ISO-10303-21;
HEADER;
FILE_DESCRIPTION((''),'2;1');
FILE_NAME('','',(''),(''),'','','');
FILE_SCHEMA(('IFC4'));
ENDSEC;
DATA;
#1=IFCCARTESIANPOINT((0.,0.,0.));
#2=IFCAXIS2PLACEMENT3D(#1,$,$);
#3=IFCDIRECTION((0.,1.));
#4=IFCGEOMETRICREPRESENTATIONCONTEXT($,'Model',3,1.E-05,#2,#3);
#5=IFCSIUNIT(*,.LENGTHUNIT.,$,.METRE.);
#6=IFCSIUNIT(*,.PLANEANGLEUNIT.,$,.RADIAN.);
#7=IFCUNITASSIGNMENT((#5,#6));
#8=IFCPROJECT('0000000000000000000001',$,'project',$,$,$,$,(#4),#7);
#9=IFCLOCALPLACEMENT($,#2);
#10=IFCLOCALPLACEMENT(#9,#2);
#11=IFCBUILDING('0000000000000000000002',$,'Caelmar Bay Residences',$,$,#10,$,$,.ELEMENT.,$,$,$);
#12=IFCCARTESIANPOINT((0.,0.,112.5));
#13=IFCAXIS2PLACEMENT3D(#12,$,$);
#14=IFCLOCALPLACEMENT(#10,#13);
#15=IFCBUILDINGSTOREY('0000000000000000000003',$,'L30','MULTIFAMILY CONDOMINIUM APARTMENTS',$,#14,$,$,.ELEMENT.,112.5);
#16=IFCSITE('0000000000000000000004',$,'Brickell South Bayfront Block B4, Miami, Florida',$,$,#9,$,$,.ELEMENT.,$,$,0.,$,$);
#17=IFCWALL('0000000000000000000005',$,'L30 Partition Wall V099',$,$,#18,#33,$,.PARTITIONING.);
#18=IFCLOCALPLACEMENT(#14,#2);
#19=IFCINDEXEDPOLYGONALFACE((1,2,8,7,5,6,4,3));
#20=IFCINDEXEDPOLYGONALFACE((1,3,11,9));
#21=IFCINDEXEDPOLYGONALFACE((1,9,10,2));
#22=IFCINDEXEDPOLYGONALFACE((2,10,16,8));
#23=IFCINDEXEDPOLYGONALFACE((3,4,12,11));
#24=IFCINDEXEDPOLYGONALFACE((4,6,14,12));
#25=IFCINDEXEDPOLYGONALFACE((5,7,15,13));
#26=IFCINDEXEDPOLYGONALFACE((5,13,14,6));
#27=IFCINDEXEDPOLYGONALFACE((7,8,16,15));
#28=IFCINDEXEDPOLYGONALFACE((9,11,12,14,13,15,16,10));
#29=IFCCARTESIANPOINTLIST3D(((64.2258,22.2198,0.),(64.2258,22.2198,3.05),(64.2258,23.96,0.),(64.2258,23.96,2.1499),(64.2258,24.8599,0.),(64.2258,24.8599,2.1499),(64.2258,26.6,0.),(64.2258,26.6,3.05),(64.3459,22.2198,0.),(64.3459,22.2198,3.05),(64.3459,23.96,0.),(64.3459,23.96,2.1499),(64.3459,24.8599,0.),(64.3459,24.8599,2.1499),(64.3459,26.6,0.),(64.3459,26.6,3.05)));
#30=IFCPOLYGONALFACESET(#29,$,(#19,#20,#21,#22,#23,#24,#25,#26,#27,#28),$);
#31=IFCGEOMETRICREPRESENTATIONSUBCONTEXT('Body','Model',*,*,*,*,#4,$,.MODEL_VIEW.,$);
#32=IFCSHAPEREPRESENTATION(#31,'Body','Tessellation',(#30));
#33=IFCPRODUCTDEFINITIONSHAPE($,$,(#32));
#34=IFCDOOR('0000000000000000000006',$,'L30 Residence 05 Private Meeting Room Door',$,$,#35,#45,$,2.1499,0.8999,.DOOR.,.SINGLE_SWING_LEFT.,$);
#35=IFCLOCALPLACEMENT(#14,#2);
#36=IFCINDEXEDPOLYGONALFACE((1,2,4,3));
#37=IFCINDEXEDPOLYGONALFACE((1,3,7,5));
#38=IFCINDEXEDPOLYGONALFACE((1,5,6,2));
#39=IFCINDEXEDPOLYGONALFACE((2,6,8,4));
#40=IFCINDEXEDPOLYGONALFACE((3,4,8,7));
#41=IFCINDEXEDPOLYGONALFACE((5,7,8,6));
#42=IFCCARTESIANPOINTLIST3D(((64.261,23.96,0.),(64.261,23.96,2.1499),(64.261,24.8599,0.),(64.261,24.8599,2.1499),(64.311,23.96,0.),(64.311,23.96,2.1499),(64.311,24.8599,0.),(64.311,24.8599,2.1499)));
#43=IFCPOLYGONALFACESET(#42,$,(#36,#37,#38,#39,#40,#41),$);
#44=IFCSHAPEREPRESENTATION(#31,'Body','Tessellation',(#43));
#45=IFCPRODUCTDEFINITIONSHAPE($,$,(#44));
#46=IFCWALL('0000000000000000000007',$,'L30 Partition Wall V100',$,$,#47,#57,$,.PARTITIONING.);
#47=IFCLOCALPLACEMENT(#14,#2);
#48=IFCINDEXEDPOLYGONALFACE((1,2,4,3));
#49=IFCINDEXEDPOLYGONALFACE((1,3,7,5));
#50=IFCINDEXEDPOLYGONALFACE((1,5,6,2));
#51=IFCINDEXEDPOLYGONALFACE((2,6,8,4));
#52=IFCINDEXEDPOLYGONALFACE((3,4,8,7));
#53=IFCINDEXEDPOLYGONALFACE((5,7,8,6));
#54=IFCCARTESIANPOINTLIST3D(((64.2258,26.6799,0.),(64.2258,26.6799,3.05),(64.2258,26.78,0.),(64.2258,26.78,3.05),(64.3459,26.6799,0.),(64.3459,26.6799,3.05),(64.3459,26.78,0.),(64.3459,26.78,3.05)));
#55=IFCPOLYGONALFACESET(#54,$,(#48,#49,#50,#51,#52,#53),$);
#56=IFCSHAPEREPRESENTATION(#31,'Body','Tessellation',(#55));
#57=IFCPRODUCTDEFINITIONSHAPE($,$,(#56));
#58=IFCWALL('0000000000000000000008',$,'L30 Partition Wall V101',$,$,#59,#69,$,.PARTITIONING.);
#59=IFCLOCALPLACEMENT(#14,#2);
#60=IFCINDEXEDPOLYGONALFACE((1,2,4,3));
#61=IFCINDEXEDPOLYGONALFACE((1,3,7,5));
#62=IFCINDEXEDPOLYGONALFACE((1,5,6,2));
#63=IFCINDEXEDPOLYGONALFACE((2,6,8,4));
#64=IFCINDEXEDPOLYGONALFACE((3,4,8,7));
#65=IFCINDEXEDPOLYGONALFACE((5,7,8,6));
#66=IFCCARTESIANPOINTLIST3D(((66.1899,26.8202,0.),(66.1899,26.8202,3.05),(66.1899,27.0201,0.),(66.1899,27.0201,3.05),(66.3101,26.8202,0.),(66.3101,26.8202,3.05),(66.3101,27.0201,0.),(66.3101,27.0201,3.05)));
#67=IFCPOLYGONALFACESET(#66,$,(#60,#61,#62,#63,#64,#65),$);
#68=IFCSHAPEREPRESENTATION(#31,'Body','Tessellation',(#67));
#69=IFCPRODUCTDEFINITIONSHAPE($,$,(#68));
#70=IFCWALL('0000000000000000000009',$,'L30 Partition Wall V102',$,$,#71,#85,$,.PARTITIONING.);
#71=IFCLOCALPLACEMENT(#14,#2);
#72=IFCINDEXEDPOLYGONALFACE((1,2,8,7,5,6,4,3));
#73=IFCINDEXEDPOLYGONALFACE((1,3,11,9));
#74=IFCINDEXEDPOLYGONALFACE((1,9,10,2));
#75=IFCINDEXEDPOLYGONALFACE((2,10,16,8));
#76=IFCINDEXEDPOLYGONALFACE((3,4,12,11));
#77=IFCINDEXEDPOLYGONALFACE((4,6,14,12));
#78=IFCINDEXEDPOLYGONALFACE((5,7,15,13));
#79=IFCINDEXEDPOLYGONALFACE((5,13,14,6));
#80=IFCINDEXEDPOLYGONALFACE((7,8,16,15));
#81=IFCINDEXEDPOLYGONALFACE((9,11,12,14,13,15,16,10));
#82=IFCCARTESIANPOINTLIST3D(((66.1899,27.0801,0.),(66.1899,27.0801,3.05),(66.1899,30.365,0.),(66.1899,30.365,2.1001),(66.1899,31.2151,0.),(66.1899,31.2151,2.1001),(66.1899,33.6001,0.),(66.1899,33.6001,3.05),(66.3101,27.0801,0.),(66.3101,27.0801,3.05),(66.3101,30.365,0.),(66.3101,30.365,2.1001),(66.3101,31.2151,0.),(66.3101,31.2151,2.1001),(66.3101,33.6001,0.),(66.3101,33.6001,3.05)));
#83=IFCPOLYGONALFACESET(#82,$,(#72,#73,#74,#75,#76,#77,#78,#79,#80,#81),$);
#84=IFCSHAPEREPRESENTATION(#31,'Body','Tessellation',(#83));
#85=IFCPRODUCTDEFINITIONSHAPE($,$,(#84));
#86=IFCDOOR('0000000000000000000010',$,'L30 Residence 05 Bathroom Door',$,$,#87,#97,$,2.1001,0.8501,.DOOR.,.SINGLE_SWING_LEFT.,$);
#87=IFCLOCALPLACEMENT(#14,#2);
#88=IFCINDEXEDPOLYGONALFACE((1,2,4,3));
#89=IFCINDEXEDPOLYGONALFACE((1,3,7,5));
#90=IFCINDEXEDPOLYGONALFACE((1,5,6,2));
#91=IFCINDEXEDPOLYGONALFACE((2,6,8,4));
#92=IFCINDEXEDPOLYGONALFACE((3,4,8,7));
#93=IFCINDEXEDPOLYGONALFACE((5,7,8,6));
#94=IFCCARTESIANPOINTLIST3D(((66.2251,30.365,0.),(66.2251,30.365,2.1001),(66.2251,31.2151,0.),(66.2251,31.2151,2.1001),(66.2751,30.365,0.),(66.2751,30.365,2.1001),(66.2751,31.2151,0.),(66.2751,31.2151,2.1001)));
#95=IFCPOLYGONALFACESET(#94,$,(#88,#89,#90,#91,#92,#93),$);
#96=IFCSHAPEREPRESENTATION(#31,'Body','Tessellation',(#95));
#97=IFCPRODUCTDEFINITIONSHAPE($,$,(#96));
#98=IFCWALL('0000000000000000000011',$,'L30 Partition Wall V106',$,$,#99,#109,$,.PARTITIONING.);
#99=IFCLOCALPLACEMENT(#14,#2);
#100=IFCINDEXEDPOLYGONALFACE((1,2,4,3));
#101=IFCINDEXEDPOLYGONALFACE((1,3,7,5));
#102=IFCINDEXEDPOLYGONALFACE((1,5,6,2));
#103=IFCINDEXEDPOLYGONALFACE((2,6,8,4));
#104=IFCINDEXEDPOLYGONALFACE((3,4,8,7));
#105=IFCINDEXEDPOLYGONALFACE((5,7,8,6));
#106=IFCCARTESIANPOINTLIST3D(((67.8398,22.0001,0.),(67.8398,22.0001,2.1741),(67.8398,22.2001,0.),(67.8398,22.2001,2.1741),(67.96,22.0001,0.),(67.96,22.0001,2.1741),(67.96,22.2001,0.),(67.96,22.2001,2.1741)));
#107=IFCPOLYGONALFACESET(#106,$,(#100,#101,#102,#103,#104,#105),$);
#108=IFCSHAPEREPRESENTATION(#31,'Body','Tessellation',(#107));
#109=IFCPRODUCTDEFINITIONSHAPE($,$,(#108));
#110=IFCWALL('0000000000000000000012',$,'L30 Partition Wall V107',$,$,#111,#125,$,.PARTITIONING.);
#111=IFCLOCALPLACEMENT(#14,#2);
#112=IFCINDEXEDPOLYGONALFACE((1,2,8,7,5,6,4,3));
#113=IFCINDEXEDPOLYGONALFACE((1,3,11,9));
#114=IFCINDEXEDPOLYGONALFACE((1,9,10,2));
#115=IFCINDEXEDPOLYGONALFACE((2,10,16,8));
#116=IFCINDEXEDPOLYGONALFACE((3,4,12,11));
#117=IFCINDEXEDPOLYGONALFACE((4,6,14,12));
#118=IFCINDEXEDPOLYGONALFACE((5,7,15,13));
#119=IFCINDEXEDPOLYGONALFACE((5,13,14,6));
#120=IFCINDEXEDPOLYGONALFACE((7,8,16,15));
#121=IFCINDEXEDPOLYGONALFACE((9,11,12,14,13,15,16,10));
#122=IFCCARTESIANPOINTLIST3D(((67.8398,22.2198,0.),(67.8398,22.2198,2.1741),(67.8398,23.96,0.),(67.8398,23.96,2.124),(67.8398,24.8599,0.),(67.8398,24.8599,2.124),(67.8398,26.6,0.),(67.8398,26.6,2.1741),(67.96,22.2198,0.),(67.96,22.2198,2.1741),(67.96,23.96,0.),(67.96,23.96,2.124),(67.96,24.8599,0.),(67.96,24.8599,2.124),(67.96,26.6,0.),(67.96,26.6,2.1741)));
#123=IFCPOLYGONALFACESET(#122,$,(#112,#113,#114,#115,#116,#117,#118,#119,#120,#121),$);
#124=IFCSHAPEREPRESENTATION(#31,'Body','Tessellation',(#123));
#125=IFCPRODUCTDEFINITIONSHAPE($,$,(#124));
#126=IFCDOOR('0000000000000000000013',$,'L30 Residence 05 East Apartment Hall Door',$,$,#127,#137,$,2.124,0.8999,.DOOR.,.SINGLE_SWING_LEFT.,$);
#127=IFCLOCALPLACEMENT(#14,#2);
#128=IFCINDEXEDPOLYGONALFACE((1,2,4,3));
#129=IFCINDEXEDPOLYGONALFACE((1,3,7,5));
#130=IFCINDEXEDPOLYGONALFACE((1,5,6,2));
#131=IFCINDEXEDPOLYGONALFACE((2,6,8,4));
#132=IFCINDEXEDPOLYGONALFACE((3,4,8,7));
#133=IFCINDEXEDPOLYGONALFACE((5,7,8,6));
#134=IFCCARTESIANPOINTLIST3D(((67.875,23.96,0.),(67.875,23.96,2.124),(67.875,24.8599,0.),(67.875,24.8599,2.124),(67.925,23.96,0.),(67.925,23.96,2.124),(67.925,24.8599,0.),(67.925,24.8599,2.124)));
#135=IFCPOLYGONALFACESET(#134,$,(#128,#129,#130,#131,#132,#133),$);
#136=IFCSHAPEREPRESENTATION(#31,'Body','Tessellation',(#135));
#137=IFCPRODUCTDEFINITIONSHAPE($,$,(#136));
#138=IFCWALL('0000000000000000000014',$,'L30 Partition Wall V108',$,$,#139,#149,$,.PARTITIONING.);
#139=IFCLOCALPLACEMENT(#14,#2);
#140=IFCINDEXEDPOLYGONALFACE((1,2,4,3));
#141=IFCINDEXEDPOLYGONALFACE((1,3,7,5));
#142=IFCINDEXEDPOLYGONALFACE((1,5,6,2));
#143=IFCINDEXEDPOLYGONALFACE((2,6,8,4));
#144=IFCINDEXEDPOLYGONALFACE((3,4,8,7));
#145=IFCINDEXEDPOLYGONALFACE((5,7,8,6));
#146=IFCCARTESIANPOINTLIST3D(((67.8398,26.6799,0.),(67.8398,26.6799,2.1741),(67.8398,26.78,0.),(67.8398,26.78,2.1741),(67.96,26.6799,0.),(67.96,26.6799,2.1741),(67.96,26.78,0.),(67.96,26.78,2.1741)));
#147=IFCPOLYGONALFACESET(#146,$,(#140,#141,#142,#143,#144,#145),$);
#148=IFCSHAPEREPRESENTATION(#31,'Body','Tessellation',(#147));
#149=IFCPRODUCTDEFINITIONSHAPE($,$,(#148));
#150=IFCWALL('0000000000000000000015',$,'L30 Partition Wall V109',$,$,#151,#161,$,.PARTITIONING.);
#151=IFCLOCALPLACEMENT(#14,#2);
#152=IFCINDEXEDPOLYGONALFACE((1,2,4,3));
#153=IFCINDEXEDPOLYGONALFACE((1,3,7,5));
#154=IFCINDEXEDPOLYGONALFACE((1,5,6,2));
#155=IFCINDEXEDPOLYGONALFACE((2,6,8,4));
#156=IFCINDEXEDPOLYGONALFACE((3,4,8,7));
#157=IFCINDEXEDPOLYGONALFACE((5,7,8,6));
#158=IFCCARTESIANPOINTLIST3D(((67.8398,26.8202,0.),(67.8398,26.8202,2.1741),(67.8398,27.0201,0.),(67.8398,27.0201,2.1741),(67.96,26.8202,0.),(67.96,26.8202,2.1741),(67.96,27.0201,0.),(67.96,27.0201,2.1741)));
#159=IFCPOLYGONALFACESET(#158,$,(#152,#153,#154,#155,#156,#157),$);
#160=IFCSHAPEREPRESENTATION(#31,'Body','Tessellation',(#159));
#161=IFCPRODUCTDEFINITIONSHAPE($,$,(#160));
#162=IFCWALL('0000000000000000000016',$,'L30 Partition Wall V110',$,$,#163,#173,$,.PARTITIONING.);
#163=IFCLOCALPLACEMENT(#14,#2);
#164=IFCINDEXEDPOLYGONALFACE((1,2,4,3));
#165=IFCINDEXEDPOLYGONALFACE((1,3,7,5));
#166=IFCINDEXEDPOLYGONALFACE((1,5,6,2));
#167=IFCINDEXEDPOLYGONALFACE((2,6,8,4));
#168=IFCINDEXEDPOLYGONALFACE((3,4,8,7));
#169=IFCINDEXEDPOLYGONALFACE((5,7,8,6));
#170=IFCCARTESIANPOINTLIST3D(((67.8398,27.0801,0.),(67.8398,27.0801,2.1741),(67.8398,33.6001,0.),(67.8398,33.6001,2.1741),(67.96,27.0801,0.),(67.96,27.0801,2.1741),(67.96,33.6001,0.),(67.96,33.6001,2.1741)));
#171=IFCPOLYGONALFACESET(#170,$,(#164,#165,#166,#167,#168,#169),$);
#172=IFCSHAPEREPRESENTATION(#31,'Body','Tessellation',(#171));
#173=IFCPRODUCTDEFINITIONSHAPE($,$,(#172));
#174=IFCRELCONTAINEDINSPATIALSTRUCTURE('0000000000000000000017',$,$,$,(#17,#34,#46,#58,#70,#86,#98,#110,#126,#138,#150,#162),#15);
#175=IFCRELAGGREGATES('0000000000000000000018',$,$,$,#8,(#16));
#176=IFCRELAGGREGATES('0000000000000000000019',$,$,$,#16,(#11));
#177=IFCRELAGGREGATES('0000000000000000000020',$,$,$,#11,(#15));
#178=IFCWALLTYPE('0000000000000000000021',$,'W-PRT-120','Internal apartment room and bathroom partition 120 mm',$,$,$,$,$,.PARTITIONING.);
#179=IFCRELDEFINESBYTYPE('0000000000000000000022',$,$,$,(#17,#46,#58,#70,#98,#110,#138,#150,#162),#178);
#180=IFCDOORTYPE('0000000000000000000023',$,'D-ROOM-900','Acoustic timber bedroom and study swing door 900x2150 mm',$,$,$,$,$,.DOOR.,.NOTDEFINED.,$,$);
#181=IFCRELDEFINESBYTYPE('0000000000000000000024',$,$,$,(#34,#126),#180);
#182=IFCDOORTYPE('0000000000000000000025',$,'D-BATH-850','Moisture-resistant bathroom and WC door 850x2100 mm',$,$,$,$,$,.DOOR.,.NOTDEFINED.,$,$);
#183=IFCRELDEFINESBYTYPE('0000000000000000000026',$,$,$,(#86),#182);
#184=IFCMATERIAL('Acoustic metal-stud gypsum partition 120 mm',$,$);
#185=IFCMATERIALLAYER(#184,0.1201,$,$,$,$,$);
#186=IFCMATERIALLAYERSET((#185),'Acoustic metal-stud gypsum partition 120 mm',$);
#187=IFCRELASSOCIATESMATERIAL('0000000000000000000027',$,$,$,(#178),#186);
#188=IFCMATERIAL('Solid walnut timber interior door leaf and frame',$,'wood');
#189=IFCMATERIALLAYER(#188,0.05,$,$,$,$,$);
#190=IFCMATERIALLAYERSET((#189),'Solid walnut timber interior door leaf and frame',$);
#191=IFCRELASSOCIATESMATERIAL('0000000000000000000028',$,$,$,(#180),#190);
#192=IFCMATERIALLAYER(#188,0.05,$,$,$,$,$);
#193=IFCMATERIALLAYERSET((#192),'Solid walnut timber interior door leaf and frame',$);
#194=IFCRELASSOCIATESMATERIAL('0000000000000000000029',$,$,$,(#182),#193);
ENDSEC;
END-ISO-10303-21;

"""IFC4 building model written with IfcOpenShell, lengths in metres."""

from ifc_helpers import new_model, si_unit, direction, frame, frame_2d, origin, place, context, subcontext, project, spatial, rectangle, extrude, material, layer, layer_set, type_object, element, fill, save


model = new_model("IFC4")

# Units and contexts
model_context = context("Model", 3, precision=1e-05, world=origin(), true_north=direction((0.0, 1.0)))
body_context = subcontext(model_context, "Body", "Model", "MODEL_VIEW")
ifc_project = project(units=[si_unit("LENGTHUNIT", "METRE"), si_unit("PLANEANGLEUNIT", "RADIAN")], contexts=[model_context])

# Site, building, storey
site_placement = place(None, origin())
site = spatial("IfcSite", under=ifc_project, at=site_placement, Name="Brickell South Bayfront Block B4, Miami, Florida", CompositionType="ELEMENT", RefElevation=0.0)
building_placement = place(site_placement, origin())
building = spatial("IfcBuilding", under=site, at=building_placement, Name="Caelmar Bay Residences", CompositionType="ELEMENT")
storey_placement = place(building_placement, frame((0.0, 0.0, 112.5)))
storey = spatial("IfcBuildingStorey", under=building, at=storey_placement, Name="L30", Description="MULTIFAMILY CONDOMINIUM APARTMENTS", CompositionType="ELEMENT", Elevation=112.5)

# Shared definitions
ifc_material_1 = material(Name="Acoustic metal-stud gypsum partition 120 mm")
ifc_layer_1 = layer(ifc_material_1, 0.1201)
ifc_layer_set_1 = layer_set([ifc_layer_1], Name="Acoustic metal-stud gypsum partition 120 mm")
wall_type = type_object("IfcWallType", Name="W-PRT-120", Description="Internal apartment room and bathroom partition 120 mm", PredefinedType="PARTITIONING", material=ifc_layer_set_1)

# Wall, opening, door
wall_1_placement = place(storey_placement, frame((64.2859, 22.22, 0.0), z_axis=(0.0, 0.0, 1.0), x_axis=(0.0, 1.0, 0.0)))
wall_1 = element("IfcWall", 1, at=wall_1_placement, inside=storey, type_object=wall_type, Name="L30 Partition Wall V099", PredefinedType="PARTITIONING", context=body_context, shape_type="SweptSolid", body=[
    extrude(rectangle(XDim=4.3801, YDim=0.1201, at=frame_2d((2.1899, 0.0))), origin(), (0.0, 0.0, 1.0), 3.05),
])
opening_1_placement = place(wall_1_placement, frame((1.74, 0.0, 0.0)))
opening_1 = element("IfcOpeningElement", 2, at=opening_1_placement, cuts=wall_1, PredefinedType="OPENING", context=body_context, shape_type="SweptSolid", body=[
    extrude(rectangle(XDim=0.8999, YDim=2.1499, at=frame_2d((0.45, 1.075))), frame((0.0, 0.0701, 0.0), z_axis=(0.0, -1.0, 0.0), x_axis=(1.0, 0.0, 0.0)), (0.0, 0.0, 1.0), 0.1401),
])
ifc_material_2 = material(Name="Solid walnut timber interior door leaf and frame", Category="wood")
ifc_layer_2 = layer(ifc_material_2, 0.05)
ifc_layer_set_2 = layer_set([ifc_layer_2], Name="Solid walnut timber interior door leaf and frame")
door_type_1 = type_object("IfcDoorType", Name="D-ROOM-900", Description="Acoustic timber bedroom and study swing door 900x2150 mm", OperationType="NOTDEFINED", PredefinedType="DOOR", material=ifc_layer_set_2)
door_1_placement = place(opening_1_placement, origin())
door_1 = element("IfcDoor", 3, at=door_1_placement, inside=storey, type_object=door_type_1, Name="L30 Residence 05 Private Meeting Room Door", OperationType="SINGLE_SWING_LEFT", OverallHeight=2.1499, OverallWidth=0.8999, PredefinedType="DOOR", context=body_context, shape_type="SweptSolid", body=[
    extrude(rectangle(XDim=0.8999, YDim=2.1499, at=frame_2d((0.45, 1.075))), frame((0.0, 0.0249, 0.0), z_axis=(0.0, -1.0, 0.0), x_axis=(1.0, 0.0, 0.0)), (0.0, 0.0, 1.0), 0.05),
])
fill(opening_1, door_1)

# Walls
wall_2_placement = place(storey_placement, frame((64.2859, 26.6799, 0.0), z_axis=(0.0, 0.0, 1.0), x_axis=(0.0, 1.0, 0.0)))
element("IfcWall", 4, at=wall_2_placement, inside=storey, type_object=wall_type, Name="L30 Partition Wall V100", PredefinedType="PARTITIONING", context=body_context, shape_type="SweptSolid", body=[
    extrude(rectangle(XDim=0.1001, YDim=0.1201, at=frame_2d((0.05, 0.0))), origin(), (0.0, 0.0, 1.0), 3.05),
])
wall_3_placement = place(storey_placement, frame((66.25, 26.8201, 0.0), z_axis=(0.0, 0.0, 1.0), x_axis=(0.0, 1.0, 0.0)))
element("IfcWall", 5, at=wall_3_placement, inside=storey, type_object=wall_type, Name="L30 Partition Wall V101", PredefinedType="PARTITIONING", context=body_context, shape_type="SweptSolid", body=[
    extrude(rectangle(XDim=0.2, YDim=0.1201, at=frame_2d((0.1001, 0.0))), origin(), (0.0, 0.0, 1.0), 3.05),
])

# Wall, opening, door
wall_4_placement = place(storey_placement, frame((66.25, 27.0801, 0.0), z_axis=(0.0, 0.0, 1.0), x_axis=(0.0, 1.0, 0.0)))
wall_4 = element("IfcWall", 6, at=wall_4_placement, inside=storey, type_object=wall_type, Name="L30 Partition Wall V102", PredefinedType="PARTITIONING", context=body_context, shape_type="SweptSolid", body=[
    extrude(rectangle(XDim=6.52, YDim=0.1201, at=frame_2d((3.26, 0.0))), origin(), (0.0, 0.0, 1.0), 3.05),
])
opening_2_placement = place(wall_4_placement, frame((3.2849, 0.0, 0.0)))
opening_2 = element("IfcOpeningElement", 7, at=opening_2_placement, cuts=wall_4, PredefinedType="OPENING", context=body_context, shape_type="SweptSolid", body=[
    extrude(rectangle(XDim=0.8501, YDim=2.1001, at=frame_2d((0.425, 1.05))), frame((0.0, 0.0701, 0.0), z_axis=(0.0, -1.0, 0.0), x_axis=(1.0, 0.0, 0.0)), (0.0, 0.0, 1.0), 0.1401),
])
ifc_layer_3 = layer(ifc_material_2, 0.05)
ifc_layer_set_3 = layer_set([ifc_layer_3], Name="Solid walnut timber interior door leaf and frame")
door_type_2 = type_object("IfcDoorType", Name="D-BATH-850", Description="Moisture-resistant bathroom and WC door 850x2100 mm", OperationType="NOTDEFINED", PredefinedType="DOOR", material=ifc_layer_set_3)
door_2_placement = place(opening_2_placement, origin())
door_2 = element("IfcDoor", 8, at=door_2_placement, inside=storey, type_object=door_type_2, Name="L30 Residence 05 Bathroom Door", OperationType="SINGLE_SWING_LEFT", OverallHeight=2.1001, OverallWidth=0.8501, PredefinedType="DOOR", context=body_context, shape_type="SweptSolid", body=[
    extrude(rectangle(XDim=0.8501, YDim=2.1001, at=frame_2d((0.425, 1.05))), frame((0.0, 0.0249, 0.0), z_axis=(0.0, -1.0, 0.0), x_axis=(1.0, 0.0, 0.0)), (0.0, 0.0, 1.0), 0.05),
])
fill(opening_2, door_2)

# Wall
wall_5_placement = place(storey_placement, frame((67.8999, 22.0, 0.0), z_axis=(0.0, 0.0, 1.0), x_axis=(0.0, 1.0, 0.0)))
element("IfcWall", 9, at=wall_5_placement, inside=storey, type_object=wall_type, Name="L30 Partition Wall V106", PredefinedType="PARTITIONING", context=body_context, shape_type="SweptSolid", body=[
    extrude(rectangle(XDim=0.2, YDim=0.1201, at=frame_2d((0.1001, 0.0))), origin(), (0.0, 0.0, 1.0), 2.1741),
])

# Wall, opening, door
wall_6_placement = place(storey_placement, frame((67.8999, 22.22, 0.0), z_axis=(0.0, 0.0, 1.0), x_axis=(0.0, 1.0, 0.0)))
wall_6 = element("IfcWall", 10, at=wall_6_placement, inside=storey, type_object=wall_type, Name="L30 Partition Wall V107", PredefinedType="PARTITIONING", context=body_context, shape_type="SweptSolid", body=[
    extrude(rectangle(XDim=4.3801, YDim=0.1201, at=frame_2d((2.1899, 0.0))), origin(), (0.0, 0.0, 1.0), 2.1741),
])
opening_3_placement = place(wall_6_placement, frame((1.74, 0.0, 0.0)))
opening_3 = element("IfcOpeningElement", 11, at=opening_3_placement, cuts=wall_6, PredefinedType="OPENING", context=body_context, shape_type="SweptSolid", body=[
    extrude(rectangle(XDim=0.8999, YDim=2.124, at=frame_2d((0.45, 1.062))), frame((0.0, 0.0701, 0.0), z_axis=(0.0, -1.0, 0.0), x_axis=(1.0, 0.0, 0.0)), (0.0, 0.0, 1.0), 0.1401),
])
door_3_placement = place(opening_3_placement, origin())
door_3 = element("IfcDoor", 12, at=door_3_placement, inside=storey, type_object=door_type_1, Name="L30 Residence 05 East Apartment Hall Door", OperationType="SINGLE_SWING_LEFT", OverallHeight=2.124, OverallWidth=0.8999, PredefinedType="DOOR", context=body_context, shape_type="SweptSolid", body=[
    extrude(rectangle(XDim=0.8999, YDim=2.124, at=frame_2d((0.45, 1.062))), frame((0.0, 0.0249, 0.0), z_axis=(0.0, -1.0, 0.0), x_axis=(1.0, 0.0, 0.0)), (0.0, 0.0, 1.0), 0.05),
])
fill(opening_3, door_3)

# Walls
wall_7_placement = place(storey_placement, frame((67.8999, 26.6799, 0.0), z_axis=(0.0, 0.0, 1.0), x_axis=(0.0, 1.0, 0.0)))
element("IfcWall", 13, at=wall_7_placement, inside=storey, type_object=wall_type, Name="L30 Partition Wall V108", PredefinedType="PARTITIONING", context=body_context, shape_type="SweptSolid", body=[
    extrude(rectangle(XDim=0.1001, YDim=0.1201, at=frame_2d((0.05, 0.0))), origin(), (0.0, 0.0, 1.0), 2.1741),
])
wall_8_placement = place(storey_placement, frame((67.8999, 26.8201, 0.0), z_axis=(0.0, 0.0, 1.0), x_axis=(0.0, 1.0, 0.0)))
element("IfcWall", 14, at=wall_8_placement, inside=storey, type_object=wall_type, Name="L30 Partition Wall V109", PredefinedType="PARTITIONING", context=body_context, shape_type="SweptSolid", body=[
    extrude(rectangle(XDim=0.2, YDim=0.1201, at=frame_2d((0.1001, 0.0))), origin(), (0.0, 0.0, 1.0), 2.1741),
])
wall_9_placement = place(storey_placement, frame((67.8999, 27.0801, 0.0), z_axis=(0.0, 0.0, 1.0), x_axis=(0.0, 1.0, 0.0)))
element("IfcWall", 15, at=wall_9_placement, inside=storey, type_object=wall_type, Name="L30 Partition Wall V110", PredefinedType="PARTITIONING", context=body_context, shape_type="SweptSolid", body=[
    extrude(rectangle(XDim=6.52, YDim=0.1201, at=frame_2d((3.26, 0.0))), origin(), (0.0, 0.0, 1.0), 2.1741),
])

save(model, "model.ifc")
